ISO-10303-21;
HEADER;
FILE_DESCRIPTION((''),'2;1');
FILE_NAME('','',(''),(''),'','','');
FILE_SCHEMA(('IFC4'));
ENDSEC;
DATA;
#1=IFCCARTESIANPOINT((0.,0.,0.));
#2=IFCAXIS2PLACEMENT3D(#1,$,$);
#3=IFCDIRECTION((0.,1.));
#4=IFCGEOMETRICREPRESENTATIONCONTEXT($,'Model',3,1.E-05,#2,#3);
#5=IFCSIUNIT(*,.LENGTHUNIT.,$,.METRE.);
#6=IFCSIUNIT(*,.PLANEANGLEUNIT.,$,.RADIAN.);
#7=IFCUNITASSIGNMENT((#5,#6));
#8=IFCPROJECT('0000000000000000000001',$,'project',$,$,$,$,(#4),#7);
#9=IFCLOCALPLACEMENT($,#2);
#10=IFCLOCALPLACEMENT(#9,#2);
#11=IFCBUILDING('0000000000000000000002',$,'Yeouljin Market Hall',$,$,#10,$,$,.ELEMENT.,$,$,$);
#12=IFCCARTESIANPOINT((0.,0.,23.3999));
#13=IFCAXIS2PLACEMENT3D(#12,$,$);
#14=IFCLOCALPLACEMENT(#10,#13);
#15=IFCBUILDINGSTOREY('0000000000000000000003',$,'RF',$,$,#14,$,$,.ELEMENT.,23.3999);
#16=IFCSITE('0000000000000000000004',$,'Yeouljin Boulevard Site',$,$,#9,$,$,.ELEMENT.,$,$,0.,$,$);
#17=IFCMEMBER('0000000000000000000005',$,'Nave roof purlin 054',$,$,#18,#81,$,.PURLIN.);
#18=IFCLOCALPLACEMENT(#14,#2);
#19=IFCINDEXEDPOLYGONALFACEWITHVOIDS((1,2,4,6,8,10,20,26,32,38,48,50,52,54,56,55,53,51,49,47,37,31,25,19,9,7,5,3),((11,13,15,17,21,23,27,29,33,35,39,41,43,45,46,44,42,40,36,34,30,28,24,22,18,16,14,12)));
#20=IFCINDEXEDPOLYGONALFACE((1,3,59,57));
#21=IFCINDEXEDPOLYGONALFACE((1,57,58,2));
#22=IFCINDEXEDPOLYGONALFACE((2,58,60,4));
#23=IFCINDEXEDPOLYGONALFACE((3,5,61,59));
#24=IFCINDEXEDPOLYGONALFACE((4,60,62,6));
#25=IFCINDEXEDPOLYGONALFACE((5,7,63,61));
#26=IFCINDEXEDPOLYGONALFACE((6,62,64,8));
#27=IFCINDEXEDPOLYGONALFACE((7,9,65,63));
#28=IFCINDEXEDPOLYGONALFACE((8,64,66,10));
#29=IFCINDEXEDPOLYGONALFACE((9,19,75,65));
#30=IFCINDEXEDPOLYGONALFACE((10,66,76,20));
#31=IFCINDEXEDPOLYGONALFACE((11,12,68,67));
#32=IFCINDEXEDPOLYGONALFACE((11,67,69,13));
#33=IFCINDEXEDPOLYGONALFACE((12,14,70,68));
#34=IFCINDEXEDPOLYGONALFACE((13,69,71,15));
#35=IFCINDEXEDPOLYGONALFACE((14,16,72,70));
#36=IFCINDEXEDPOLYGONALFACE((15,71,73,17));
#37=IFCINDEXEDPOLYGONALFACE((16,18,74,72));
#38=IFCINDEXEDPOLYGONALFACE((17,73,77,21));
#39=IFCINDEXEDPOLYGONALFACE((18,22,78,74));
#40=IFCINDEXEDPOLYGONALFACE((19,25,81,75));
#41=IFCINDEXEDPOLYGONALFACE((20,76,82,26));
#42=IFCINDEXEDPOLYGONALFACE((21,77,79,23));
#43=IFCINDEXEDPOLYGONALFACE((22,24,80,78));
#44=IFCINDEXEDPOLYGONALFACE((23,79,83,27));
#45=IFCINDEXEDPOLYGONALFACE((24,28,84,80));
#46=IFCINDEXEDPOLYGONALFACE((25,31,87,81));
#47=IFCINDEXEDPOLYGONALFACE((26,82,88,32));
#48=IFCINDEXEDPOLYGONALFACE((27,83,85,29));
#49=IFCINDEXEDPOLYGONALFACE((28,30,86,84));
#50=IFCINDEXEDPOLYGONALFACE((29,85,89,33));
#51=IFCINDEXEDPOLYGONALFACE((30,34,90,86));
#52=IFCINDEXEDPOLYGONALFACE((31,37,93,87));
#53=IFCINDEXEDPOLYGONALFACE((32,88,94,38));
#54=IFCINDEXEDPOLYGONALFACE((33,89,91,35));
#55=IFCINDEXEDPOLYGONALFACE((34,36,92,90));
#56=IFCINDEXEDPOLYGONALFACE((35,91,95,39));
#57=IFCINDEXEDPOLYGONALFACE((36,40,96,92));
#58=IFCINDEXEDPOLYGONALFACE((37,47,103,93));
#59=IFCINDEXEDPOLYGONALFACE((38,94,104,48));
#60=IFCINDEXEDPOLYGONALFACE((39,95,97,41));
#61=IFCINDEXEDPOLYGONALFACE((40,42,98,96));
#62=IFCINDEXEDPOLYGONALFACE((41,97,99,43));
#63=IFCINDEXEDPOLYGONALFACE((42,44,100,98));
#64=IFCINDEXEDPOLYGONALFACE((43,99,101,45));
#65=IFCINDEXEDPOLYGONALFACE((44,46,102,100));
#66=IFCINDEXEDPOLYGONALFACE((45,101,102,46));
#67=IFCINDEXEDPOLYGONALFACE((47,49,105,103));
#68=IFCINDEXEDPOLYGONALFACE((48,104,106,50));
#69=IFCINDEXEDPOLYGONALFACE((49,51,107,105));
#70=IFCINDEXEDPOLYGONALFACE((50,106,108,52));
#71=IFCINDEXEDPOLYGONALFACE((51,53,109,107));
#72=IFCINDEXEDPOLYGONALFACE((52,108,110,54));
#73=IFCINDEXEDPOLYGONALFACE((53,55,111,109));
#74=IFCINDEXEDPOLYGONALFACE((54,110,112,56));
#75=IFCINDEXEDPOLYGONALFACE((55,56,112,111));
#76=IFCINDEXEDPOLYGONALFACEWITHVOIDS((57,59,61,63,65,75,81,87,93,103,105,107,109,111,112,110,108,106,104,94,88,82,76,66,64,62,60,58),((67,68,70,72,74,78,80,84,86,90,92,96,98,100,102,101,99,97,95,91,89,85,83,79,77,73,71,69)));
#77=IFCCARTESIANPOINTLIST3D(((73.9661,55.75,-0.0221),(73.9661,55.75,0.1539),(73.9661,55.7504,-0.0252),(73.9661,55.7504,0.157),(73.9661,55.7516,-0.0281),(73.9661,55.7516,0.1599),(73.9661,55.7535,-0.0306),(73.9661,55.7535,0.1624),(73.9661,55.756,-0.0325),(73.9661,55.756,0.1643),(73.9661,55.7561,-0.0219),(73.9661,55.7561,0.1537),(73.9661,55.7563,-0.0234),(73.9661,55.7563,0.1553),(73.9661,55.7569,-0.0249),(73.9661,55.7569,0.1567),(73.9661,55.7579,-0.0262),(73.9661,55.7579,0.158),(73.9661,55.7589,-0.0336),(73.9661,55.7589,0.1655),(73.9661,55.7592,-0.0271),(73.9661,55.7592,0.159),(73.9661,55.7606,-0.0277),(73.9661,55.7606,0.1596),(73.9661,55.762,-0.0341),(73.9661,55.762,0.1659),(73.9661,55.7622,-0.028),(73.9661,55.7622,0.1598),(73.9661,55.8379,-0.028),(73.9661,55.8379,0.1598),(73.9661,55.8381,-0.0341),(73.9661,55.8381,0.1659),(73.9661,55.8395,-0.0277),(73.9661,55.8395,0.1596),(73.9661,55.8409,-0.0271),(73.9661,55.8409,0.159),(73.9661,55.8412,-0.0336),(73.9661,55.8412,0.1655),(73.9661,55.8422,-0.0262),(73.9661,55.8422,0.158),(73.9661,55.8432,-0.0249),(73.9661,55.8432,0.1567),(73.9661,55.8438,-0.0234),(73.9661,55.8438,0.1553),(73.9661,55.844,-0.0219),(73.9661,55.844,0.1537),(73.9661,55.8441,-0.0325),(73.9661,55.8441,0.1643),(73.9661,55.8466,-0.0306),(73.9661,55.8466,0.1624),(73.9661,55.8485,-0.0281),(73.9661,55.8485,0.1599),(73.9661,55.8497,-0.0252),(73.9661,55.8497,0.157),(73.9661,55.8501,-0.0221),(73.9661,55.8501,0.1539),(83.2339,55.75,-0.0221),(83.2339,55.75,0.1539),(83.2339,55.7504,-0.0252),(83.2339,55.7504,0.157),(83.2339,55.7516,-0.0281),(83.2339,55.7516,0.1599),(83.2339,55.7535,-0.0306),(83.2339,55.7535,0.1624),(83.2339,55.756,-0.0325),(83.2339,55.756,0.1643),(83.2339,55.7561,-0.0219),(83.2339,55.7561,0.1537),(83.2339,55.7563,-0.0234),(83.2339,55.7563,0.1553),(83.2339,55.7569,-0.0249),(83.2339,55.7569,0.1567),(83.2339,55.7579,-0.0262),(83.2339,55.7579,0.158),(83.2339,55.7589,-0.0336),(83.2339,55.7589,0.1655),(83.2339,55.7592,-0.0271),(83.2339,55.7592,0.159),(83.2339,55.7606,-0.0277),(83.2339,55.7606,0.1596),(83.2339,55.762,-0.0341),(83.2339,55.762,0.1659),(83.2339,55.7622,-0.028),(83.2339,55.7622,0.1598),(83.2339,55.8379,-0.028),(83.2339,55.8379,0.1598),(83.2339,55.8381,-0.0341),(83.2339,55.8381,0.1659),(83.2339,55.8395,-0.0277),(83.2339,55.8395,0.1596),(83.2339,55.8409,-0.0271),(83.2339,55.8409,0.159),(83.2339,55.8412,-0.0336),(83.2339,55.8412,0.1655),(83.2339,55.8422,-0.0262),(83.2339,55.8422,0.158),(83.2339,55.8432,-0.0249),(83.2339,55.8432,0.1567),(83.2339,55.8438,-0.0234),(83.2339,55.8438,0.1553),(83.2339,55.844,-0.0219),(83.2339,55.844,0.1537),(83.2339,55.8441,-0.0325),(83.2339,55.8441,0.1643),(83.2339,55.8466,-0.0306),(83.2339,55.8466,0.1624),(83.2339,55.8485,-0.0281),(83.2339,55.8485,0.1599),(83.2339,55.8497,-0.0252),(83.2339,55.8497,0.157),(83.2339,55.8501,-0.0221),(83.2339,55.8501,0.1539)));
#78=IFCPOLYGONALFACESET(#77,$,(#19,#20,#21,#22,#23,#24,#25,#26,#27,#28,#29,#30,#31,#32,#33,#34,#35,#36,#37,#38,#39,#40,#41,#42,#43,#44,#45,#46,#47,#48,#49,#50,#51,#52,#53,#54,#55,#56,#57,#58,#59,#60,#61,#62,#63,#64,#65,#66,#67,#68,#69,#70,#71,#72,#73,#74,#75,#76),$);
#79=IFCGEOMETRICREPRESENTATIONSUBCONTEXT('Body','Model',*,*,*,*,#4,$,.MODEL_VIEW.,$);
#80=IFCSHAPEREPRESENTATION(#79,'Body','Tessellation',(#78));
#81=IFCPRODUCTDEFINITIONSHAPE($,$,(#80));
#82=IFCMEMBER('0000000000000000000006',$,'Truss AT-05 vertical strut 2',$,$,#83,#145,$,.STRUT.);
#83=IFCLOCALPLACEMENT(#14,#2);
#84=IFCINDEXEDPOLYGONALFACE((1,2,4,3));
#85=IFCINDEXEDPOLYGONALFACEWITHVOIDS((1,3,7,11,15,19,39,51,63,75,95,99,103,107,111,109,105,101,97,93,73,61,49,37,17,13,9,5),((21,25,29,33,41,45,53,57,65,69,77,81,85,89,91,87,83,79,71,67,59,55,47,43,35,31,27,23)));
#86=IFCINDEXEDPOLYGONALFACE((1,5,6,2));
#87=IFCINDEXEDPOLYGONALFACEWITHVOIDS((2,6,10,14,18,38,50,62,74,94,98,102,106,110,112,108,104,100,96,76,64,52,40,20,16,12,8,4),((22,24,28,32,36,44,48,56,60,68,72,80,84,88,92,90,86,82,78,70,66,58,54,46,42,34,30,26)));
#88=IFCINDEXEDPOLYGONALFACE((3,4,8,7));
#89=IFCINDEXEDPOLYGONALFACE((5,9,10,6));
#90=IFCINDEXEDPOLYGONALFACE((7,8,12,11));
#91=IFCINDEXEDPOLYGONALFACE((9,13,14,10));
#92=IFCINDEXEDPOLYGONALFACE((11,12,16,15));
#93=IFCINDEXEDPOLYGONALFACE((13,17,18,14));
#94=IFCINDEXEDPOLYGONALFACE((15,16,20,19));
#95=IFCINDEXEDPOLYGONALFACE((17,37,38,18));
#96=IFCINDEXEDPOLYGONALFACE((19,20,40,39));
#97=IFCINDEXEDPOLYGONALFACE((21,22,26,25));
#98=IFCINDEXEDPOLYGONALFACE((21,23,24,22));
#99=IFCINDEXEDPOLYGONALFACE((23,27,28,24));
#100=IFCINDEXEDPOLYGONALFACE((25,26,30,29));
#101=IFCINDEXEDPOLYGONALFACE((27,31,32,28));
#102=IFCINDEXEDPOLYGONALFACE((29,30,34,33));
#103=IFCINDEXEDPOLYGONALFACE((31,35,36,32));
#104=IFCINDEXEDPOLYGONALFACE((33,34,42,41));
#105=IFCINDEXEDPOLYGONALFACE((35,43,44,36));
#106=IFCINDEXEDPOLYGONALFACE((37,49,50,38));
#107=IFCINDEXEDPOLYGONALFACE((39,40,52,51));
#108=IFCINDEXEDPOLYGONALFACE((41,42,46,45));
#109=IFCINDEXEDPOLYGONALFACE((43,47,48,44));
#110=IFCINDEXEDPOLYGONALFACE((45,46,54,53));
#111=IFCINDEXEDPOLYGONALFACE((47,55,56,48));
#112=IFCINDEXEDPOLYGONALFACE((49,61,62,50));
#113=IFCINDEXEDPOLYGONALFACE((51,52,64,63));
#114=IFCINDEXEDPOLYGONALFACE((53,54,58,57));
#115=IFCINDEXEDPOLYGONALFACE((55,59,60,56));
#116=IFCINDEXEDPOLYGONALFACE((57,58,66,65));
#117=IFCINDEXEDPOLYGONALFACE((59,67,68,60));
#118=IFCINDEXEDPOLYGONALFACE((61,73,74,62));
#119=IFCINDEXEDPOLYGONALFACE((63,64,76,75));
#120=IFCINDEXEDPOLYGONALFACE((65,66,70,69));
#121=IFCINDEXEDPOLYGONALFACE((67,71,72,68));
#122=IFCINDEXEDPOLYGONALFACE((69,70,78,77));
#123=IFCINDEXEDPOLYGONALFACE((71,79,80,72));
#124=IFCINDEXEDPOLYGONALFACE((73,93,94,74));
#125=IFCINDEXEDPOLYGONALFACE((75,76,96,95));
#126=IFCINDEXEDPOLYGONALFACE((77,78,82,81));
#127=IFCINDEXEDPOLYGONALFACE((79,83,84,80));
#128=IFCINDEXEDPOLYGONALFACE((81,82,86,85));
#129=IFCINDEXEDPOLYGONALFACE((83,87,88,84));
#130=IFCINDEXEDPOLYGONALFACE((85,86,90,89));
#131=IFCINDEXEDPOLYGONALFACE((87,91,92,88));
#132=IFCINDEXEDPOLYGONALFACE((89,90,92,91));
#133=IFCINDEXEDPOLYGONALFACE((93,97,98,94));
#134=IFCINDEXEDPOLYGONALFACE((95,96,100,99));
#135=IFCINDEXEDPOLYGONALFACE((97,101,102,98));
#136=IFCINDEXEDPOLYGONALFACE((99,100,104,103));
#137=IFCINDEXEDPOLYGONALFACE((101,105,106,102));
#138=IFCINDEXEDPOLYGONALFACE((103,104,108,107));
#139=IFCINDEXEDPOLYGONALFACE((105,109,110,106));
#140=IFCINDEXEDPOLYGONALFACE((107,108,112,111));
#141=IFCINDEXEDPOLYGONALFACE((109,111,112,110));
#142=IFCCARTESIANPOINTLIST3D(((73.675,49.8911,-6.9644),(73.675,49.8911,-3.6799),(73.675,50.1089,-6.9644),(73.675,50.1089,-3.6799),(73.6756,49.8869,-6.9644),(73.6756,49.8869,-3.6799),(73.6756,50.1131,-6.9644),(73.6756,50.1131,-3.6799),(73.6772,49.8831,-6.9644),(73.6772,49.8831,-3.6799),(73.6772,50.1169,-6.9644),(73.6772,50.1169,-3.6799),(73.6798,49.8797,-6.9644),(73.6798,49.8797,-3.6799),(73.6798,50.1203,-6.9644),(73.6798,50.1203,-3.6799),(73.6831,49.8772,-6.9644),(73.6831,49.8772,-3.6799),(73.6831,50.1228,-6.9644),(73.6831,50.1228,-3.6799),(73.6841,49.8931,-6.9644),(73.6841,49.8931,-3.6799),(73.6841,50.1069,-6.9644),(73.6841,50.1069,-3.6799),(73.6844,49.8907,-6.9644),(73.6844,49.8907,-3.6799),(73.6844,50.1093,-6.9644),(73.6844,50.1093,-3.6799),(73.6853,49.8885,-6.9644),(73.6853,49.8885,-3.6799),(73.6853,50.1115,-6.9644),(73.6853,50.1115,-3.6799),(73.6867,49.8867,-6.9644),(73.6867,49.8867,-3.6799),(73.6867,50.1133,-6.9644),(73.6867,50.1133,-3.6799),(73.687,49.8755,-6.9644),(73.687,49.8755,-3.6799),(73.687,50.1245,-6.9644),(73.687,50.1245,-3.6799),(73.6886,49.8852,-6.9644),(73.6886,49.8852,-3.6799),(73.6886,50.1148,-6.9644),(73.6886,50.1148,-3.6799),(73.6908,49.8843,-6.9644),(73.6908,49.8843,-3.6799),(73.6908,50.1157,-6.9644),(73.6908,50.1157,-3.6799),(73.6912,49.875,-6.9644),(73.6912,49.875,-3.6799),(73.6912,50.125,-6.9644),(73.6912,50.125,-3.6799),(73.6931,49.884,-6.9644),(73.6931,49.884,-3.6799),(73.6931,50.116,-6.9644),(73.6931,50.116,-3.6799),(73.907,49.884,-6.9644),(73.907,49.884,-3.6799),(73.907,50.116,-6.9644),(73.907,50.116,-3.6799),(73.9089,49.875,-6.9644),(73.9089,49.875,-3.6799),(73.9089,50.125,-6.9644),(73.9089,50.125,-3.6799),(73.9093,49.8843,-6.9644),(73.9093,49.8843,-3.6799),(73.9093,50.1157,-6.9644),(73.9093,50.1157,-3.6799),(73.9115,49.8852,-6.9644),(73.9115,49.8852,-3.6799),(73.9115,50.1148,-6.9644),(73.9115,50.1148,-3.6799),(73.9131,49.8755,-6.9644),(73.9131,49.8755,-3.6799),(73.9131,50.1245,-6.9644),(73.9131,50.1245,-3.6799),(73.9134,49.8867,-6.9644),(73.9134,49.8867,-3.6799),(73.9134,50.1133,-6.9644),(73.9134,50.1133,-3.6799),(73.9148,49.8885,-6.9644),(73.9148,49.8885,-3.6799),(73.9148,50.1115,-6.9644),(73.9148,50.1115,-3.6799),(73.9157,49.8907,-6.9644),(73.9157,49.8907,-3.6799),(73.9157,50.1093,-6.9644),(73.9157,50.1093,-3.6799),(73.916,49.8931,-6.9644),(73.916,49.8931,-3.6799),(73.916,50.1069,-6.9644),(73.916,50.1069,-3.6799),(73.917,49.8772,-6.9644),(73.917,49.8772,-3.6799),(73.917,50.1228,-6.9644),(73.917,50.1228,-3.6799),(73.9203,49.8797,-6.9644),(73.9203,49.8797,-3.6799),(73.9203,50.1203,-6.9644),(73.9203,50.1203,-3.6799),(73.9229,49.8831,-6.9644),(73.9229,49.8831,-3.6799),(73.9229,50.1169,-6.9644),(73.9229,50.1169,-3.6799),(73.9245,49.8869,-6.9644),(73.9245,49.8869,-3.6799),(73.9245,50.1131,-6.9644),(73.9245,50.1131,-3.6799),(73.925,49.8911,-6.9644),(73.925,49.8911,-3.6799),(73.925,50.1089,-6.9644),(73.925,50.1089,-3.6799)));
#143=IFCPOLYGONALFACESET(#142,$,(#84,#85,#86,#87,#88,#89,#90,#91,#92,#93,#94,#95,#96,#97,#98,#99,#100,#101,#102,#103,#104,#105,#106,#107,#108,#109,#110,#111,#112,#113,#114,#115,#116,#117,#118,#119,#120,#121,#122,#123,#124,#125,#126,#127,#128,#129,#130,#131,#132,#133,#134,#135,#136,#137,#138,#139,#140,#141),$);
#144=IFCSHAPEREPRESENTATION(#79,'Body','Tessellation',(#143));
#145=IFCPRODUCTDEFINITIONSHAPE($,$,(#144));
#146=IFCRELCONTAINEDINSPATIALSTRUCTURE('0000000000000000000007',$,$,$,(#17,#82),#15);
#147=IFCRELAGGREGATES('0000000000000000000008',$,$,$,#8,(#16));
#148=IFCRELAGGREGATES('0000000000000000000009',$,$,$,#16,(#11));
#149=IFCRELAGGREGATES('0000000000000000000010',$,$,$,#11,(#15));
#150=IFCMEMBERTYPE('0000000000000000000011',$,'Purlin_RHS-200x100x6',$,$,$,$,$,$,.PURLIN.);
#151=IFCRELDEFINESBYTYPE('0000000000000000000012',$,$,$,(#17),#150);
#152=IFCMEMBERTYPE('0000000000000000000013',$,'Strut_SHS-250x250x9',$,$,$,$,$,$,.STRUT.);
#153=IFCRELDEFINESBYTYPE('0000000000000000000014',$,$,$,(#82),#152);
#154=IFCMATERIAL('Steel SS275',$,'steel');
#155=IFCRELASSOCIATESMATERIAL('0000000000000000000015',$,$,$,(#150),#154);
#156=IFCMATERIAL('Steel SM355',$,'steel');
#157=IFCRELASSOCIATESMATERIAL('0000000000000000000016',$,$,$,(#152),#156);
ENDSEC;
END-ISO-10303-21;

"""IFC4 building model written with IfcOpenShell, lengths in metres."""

from ifc_helpers import new_model, si_unit, direction, frame, origin, origin_2d, place, context, subcontext, project, spatial, hollow_rectangle, extrude, material, material_profile, profile_set, type_object, element, save


model = new_model("IFC4")

# Units and contexts
model_context = context("Model", 3, precision=1e-05, world=origin(), true_north=direction((0.0, 1.0)))
body_context = subcontext(model_context, "Body", "Model", "MODEL_VIEW")
ifc_project = project(units=[si_unit("LENGTHUNIT", "METRE"), si_unit("PLANEANGLEUNIT", "RADIAN")], contexts=[model_context])

# Site, building, storey
site_placement = place(None, origin())
site = spatial("IfcSite", under=ifc_project, at=site_placement, Name="Yeouljin Boulevard Site", CompositionType="ELEMENT", RefElevation=0.0)
building_placement = place(site_placement, origin())
building = spatial("IfcBuilding", under=site, at=building_placement, Name="Yeouljin Market Hall", CompositionType="ELEMENT")
storey_placement = place(building_placement, frame((0.0, 0.0, 23.3999)))
storey = spatial("IfcBuildingStorey", under=building, at=storey_placement, Name="RF", CompositionType="ELEMENT", Elevation=23.3999)

# Members
ifc_material_1 = material(Name="Steel SS275", Category="steel")
ifc_material_profile_1 = material_profile(ifc_material_1, hollow_rectangle(XDim=0.1001, YDim=0.2, WallThickness=0.0061, InnerFilletRadius=0.0061, OuterFilletRadius=0.012, at=origin_2d()), Name="RHS-200x100x6")
ifc_profile_set_1 = profile_set([ifc_material_profile_1], Name="Steel SS275")
member_type_1 = type_object("IfcMemberType", Name="Purlin_RHS-200x100x6", PredefinedType="PURLIN", material=ifc_profile_set_1)
for number, where, z_axis, x_axis, name in (
    (1, (73.9661, 55.8, 0.0659), (1.0, 0.0, 0.0), (0.0, 1.0, 0.0), "Nave roof purlin 054"),
):
    element("IfcMember", number, at=place(storey_placement, frame(where, z_axis=z_axis, x_axis=x_axis)), inside=storey, type_object=member_type_1, Name=name, PredefinedType="PURLIN", context=body_context, shape_type="SweptSolid", body=[
        extrude(hollow_rectangle(XDim=0.1001, YDim=0.2, WallThickness=0.0061, InnerFilletRadius=0.0061, OuterFilletRadius=0.012, at=origin_2d()), origin(), (0.0, 0.0, 1.0), 9.2678),
    ])
ifc_material_2 = material(Name="Steel SM355", Category="steel")
ifc_material_profile_2 = material_profile(ifc_material_2, hollow_rectangle(XDim=0.25, YDim=0.25, WallThickness=0.009, InnerFilletRadius=0.009, OuterFilletRadius=0.0161, at=origin_2d()), Name="SHS-250x250x9")
ifc_profile_set_2 = profile_set([ifc_material_profile_2], Name="Steel SM355")
member_type_2 = type_object("IfcMemberType", Name="Strut_SHS-250x250x9", PredefinedType="STRUT", material=ifc_profile_set_2)
for number, where, z_axis, x_axis, name in (
    (2, (73.8, 50.0, -6.9644), (0.0, 0.0, 1.0), (1.0, 0.0, 0.0), "Truss AT-05 vertical strut 2"),
):
    element("IfcMember", number, at=place(storey_placement, frame(where, z_axis=z_axis, x_axis=x_axis)), inside=storey, type_object=member_type_2, Name=name, PredefinedType="STRUT", context=body_context, shape_type="SweptSolid", body=[
        extrude(hollow_rectangle(XDim=0.25, YDim=0.25, WallThickness=0.009, InnerFilletRadius=0.009, OuterFilletRadius=0.0161, at=origin_2d()), origin(), (0.0, 0.0, 1.0), 3.2844),
    ])

save(model, "model.ifc")
